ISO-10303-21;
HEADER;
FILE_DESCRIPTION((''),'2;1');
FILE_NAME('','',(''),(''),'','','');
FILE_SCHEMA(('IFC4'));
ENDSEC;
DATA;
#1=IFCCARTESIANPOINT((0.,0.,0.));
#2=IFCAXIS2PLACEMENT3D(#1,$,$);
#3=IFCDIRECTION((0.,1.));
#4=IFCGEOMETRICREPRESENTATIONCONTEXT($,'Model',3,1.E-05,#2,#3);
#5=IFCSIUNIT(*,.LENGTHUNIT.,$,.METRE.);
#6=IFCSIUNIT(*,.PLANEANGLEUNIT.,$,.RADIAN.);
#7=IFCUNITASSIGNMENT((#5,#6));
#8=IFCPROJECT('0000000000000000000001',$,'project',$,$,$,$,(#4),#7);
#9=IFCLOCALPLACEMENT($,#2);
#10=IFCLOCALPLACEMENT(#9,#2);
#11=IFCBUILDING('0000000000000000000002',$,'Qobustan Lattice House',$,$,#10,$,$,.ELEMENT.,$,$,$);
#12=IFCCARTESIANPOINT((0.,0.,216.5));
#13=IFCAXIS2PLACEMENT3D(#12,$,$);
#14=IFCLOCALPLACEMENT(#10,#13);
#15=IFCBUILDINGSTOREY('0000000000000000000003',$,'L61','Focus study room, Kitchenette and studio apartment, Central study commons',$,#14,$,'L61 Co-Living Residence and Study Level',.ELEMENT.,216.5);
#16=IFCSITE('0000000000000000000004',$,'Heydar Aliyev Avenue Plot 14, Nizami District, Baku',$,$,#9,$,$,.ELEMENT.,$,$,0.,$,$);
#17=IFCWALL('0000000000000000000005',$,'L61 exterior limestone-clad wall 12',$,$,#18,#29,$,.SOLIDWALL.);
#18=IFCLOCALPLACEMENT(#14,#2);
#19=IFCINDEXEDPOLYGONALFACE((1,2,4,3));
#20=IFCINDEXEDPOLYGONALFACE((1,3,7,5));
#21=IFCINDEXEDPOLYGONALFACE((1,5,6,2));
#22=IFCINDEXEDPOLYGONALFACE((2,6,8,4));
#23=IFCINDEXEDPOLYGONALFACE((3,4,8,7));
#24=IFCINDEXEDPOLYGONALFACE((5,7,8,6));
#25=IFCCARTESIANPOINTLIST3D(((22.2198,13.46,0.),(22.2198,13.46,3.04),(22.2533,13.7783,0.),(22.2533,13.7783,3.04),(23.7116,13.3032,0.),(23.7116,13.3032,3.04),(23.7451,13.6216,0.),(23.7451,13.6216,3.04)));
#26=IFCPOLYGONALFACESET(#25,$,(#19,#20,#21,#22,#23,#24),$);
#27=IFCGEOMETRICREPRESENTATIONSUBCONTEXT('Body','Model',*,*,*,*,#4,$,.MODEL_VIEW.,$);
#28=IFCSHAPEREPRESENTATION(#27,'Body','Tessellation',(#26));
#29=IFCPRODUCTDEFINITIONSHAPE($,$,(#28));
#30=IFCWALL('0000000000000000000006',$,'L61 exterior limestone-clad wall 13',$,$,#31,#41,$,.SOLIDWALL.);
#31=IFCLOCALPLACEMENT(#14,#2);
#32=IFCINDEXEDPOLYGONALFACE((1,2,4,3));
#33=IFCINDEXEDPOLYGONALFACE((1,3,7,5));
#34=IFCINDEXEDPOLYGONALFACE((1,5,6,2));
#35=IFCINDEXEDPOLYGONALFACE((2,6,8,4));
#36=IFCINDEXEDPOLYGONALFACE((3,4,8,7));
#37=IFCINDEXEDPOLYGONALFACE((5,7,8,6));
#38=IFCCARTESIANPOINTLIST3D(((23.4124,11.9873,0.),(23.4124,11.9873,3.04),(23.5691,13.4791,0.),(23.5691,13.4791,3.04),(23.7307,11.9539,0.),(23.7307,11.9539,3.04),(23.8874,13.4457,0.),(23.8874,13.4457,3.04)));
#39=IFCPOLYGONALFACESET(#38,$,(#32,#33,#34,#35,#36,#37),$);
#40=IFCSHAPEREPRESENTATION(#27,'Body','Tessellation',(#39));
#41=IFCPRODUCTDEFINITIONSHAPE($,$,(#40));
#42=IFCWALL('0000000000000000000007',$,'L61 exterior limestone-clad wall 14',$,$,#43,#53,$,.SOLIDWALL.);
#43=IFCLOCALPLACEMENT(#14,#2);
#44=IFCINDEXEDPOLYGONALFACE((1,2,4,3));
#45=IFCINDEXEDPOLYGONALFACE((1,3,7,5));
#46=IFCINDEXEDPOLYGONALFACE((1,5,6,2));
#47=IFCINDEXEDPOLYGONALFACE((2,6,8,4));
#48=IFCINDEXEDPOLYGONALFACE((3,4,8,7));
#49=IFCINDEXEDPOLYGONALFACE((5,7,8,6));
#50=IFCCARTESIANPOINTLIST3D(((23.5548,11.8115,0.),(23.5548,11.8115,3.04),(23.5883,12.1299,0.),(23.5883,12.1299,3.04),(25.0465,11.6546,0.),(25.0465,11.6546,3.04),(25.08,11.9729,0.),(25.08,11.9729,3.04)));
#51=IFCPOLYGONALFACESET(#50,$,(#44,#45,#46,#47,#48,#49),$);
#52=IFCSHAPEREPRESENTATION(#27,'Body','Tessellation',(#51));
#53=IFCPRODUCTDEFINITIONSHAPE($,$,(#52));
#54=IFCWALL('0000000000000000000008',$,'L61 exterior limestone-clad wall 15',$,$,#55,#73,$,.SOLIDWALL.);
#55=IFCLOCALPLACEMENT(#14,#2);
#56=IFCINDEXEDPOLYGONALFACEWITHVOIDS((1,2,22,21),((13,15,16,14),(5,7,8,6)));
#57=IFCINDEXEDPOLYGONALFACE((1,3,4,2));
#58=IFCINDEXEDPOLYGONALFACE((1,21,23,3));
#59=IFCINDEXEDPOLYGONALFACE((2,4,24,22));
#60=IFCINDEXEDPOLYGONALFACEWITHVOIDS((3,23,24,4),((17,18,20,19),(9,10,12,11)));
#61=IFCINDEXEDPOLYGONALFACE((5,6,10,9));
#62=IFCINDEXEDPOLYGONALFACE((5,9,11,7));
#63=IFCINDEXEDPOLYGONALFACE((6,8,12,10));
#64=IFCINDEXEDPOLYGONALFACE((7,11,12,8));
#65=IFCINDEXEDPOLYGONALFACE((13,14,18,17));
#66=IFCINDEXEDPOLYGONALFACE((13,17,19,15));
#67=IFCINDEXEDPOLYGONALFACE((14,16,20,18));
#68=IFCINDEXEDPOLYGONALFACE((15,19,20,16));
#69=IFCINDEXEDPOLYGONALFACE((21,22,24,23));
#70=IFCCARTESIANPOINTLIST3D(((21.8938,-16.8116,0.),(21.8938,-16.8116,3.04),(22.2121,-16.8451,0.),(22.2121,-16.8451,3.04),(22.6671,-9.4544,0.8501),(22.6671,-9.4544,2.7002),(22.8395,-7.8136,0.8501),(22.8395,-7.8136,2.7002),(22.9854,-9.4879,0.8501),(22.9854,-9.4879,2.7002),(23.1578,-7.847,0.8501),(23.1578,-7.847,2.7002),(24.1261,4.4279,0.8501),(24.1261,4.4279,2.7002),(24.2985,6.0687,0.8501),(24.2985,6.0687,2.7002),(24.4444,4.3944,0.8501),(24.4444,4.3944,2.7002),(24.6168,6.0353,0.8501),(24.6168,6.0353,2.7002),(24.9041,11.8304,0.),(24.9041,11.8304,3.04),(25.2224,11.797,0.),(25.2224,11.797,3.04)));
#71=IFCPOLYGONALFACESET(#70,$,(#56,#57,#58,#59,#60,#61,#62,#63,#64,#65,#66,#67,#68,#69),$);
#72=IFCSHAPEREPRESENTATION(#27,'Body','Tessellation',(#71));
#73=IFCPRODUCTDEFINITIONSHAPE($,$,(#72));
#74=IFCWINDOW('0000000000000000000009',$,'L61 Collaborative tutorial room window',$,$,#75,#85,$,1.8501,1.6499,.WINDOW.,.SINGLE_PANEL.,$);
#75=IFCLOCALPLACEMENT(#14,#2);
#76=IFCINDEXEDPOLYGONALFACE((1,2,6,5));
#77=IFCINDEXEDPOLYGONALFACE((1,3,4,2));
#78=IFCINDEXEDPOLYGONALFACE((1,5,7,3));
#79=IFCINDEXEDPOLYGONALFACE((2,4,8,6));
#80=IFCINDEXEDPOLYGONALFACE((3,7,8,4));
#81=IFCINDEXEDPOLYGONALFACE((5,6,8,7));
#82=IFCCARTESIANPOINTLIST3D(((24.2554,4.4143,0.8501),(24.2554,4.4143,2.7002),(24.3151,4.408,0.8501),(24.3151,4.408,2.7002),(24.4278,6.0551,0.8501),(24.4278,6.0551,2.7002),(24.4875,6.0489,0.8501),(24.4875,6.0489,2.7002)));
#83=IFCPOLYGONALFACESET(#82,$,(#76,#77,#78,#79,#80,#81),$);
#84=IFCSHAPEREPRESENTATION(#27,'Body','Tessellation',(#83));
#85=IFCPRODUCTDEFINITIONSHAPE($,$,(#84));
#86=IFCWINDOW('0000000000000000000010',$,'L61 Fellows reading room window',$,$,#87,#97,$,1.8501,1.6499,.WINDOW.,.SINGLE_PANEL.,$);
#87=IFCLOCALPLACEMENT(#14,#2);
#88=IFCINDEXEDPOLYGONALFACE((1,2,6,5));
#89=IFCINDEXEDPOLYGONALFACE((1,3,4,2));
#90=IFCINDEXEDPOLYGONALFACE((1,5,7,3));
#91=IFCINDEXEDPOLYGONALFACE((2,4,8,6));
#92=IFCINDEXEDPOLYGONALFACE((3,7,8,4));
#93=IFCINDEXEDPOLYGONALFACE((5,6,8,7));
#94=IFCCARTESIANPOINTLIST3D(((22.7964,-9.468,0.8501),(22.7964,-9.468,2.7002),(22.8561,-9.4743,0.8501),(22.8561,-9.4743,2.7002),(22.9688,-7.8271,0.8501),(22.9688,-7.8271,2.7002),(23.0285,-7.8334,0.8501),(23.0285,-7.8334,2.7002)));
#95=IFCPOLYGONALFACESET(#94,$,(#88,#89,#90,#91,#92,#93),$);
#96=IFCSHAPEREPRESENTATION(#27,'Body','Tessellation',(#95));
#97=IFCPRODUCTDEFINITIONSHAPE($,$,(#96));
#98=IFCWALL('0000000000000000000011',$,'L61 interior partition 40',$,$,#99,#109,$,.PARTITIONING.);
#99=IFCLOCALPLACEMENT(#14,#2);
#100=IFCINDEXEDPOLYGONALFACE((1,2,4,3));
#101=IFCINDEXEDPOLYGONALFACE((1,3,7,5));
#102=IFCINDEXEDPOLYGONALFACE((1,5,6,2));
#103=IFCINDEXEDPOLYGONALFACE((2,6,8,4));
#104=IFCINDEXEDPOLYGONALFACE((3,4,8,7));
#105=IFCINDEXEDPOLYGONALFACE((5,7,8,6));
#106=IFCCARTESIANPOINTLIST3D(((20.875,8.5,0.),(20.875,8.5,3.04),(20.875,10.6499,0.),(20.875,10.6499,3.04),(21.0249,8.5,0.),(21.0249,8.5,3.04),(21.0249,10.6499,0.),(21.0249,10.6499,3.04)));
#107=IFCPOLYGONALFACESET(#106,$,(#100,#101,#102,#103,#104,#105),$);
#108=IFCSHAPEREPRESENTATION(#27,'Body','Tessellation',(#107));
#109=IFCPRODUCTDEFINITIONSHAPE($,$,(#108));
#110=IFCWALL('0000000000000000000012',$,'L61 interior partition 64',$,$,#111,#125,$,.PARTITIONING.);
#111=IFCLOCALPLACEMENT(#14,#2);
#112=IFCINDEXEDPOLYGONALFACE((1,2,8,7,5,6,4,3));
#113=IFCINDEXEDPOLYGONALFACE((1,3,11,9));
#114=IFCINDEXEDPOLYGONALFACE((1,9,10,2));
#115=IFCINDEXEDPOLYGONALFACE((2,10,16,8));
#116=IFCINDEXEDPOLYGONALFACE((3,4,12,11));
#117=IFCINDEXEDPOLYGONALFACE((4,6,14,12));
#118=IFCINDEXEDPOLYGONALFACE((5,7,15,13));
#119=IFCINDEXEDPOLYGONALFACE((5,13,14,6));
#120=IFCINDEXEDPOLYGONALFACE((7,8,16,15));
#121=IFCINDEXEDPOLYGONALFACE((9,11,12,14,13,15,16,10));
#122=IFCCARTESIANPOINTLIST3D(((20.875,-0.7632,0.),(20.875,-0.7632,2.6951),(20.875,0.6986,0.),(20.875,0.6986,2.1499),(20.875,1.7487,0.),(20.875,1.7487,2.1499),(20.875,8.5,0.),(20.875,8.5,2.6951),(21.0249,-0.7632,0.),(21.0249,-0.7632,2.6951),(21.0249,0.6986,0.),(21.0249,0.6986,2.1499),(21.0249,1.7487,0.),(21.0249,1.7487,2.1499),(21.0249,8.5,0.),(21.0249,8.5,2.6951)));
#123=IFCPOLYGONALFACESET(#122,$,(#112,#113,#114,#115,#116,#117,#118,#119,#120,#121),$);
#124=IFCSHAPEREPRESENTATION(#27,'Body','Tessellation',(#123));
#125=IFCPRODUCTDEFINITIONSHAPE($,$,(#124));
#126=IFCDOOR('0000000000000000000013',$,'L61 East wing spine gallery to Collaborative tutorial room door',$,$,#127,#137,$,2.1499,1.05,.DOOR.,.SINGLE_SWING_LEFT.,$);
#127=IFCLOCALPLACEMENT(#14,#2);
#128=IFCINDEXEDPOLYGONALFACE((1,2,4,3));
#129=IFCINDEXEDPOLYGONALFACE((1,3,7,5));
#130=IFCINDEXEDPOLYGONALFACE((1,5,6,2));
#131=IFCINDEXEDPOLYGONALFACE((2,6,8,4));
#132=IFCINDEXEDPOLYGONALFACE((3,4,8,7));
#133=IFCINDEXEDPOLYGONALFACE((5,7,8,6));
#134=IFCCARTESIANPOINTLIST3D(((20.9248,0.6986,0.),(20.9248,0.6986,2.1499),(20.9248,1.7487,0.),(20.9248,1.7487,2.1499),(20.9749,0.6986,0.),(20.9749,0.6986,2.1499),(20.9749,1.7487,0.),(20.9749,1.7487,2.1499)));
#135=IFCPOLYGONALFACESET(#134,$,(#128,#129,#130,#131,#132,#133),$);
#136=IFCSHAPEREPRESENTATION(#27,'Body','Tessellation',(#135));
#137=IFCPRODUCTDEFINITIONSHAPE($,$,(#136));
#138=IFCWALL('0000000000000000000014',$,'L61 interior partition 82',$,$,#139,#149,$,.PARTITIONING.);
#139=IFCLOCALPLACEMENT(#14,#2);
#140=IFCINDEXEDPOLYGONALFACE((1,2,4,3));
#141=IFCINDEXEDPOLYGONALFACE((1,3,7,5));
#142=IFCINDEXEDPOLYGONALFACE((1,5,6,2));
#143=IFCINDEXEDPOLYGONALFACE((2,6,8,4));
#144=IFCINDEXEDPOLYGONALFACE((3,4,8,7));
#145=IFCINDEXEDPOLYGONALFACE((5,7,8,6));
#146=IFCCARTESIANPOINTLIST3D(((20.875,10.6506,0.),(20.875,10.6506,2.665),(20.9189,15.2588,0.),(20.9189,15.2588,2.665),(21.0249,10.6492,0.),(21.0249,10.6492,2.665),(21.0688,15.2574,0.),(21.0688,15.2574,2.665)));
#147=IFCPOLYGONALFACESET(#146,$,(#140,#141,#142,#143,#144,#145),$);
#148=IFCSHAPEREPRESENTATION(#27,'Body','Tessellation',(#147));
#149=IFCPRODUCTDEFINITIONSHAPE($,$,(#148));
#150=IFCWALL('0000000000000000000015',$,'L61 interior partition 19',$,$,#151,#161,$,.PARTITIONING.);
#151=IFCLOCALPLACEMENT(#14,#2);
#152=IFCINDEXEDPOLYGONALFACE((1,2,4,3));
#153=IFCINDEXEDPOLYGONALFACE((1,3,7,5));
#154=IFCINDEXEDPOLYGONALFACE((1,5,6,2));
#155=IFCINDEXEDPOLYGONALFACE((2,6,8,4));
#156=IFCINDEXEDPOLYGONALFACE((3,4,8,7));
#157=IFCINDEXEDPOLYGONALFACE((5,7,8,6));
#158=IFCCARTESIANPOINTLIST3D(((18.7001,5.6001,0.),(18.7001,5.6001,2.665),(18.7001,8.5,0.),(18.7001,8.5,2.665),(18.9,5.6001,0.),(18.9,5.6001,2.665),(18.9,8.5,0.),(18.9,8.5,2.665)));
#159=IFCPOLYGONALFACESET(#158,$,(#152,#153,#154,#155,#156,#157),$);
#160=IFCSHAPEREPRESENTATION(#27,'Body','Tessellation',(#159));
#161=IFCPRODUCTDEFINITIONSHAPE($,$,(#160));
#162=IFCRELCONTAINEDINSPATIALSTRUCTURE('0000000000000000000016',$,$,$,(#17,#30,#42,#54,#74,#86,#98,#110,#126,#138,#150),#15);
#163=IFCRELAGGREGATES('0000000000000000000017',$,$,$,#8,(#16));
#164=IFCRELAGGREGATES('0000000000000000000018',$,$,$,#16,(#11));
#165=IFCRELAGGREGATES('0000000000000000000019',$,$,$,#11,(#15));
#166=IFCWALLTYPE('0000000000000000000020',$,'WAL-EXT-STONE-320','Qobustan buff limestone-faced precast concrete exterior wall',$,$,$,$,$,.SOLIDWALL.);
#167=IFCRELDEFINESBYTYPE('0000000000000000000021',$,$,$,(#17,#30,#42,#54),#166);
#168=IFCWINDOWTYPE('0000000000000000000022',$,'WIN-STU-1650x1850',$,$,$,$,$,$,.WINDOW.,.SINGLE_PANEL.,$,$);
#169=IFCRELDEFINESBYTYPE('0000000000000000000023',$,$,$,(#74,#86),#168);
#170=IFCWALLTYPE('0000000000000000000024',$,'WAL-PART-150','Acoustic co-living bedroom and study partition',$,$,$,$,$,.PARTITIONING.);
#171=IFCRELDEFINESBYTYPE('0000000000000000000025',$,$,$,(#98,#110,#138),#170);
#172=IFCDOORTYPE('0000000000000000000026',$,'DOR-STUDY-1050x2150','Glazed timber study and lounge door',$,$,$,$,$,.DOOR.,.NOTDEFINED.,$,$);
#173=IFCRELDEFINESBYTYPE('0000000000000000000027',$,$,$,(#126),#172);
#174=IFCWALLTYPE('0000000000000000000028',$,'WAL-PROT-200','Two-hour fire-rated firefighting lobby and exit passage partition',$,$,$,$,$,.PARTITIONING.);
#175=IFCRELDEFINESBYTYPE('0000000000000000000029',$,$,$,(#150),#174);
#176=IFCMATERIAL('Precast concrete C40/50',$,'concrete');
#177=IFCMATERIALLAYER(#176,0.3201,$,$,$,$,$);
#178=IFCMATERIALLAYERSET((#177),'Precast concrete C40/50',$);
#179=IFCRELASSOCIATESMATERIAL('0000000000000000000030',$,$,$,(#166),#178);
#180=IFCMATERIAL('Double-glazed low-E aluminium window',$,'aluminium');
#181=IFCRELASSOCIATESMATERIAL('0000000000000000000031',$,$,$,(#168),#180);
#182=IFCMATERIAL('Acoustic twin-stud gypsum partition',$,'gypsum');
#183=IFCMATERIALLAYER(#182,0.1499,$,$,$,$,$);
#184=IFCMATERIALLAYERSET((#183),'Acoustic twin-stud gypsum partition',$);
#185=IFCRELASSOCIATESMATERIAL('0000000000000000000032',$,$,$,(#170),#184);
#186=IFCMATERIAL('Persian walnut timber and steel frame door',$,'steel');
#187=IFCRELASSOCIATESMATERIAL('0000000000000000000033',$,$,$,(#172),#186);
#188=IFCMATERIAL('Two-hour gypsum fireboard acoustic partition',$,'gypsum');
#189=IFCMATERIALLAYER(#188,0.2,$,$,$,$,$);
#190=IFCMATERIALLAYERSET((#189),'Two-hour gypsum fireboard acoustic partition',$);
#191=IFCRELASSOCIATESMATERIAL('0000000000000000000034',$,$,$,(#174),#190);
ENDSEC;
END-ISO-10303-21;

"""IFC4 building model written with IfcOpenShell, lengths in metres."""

from ifc_helpers import new_model, si_unit, direction, frame, frame_2d, origin, place, context, subcontext, project, spatial, rectangle, extrude, material, layer, layer_set, type_object, element, fill, save


model = new_model("IFC4")

# Units and contexts
model_context = context("Model", 3, precision=1e-05, world=origin(), true_north=direction((0.0, 1.0)))
body_context = subcontext(model_context, "Body", "Model", "MODEL_VIEW")
ifc_project = project(units=[si_unit("LENGTHUNIT", "METRE"), si_unit("PLANEANGLEUNIT", "RADIAN")], contexts=[model_context])

# Site, building, storey
site_placement = place(None, origin())
site = spatial("IfcSite", under=ifc_project, at=site_placement, Name="Heydar Aliyev Avenue Plot 14, Nizami District, Baku", CompositionType="ELEMENT", RefElevation=0.0)
building_placement = place(site_placement, origin())
building = spatial("IfcBuilding", under=site, at=building_placement, Name="Qobustan Lattice House", CompositionType="ELEMENT")
storey_placement = place(building_placement, frame((0.0, 0.0, 216.5)))
storey = spatial("IfcBuildingStorey", under=building, at=storey_placement, Name="L61", Description="Focus study room, Kitchenette and studio apartment, Central study commons", LongName="L61 Co-Living Residence and Study Level", CompositionType="ELEMENT", Elevation=216.5)

# Walls
ifc_material_1 = material(Name="Precast concrete C40/50", Category="concrete")
ifc_layer_1 = layer(ifc_material_1, 0.3201)
ifc_layer_set_1 = layer_set([ifc_layer_1], Name="Precast concrete C40/50")
wall_type_1 = type_object("IfcWallType", Name="WAL-EXT-STONE-320", Description="Qobustan buff limestone-faced precast concrete exterior wall", PredefinedType="SOLIDWALL", material=ifc_layer_set_1)
for number, where, z_axis, x_axis, name in (
    (1, (22.2366, 13.6191, 0.0), (0.0, 0.0, 1.0), (0.994525, -0.104498, 0.0), "L61 exterior limestone-clad wall 12"),
    (2, (23.7283, 13.4624, 0.0), (0.0, 0.0, 1.0), (-0.104498, -0.994525, 0.0), "L61 exterior limestone-clad wall 13"),
    (3, (23.5715, 11.9707, 0.0), (0.0, 0.0, 1.0), (0.994508, -0.104659, 0.0), "L61 exterior limestone-clad wall 14"),
):
    element("IfcWall", number, at=place(storey_placement, frame(where, z_axis=z_axis, x_axis=x_axis)), inside=storey, type_object=wall_type_1, Name=name, PredefinedType="SOLIDWALL", context=body_context, shape_type="SweptSolid", body=[
        extrude(rectangle(XDim=1.5, YDim=0.3201, at=frame_2d((0.75, 0.0))), origin(), (0.0, 0.0, 1.0), 3.04),
    ])

# Wall, openings, windows
wall_1_placement = place(storey_placement, frame((25.0632, 11.8137, 0.0), z_axis=(0.0, 0.0, 1.0), x_axis=(-0.104523, -0.994522, 0.0)))
wall_1 = element("IfcWall", 4, at=wall_1_placement, inside=storey, type_object=wall_type_1, Name="L61 exterior limestone-clad wall 15", PredefinedType="SOLIDWALL", context=body_context, shape_type="SweptSolid", body=[
    extrude(rectangle(XDim=28.7998, YDim=0.3201, at=frame_2d((14.3999, 0.0))), origin(), (0.0, 0.0, 1.0), 3.04),
])
opening_1_placement = place(wall_1_placement, frame((5.7935, 0.0, 0.8501)))
opening_1 = element("IfcOpeningElement", 5, at=opening_1_placement, cuts=wall_1, PredefinedType="OPENING", context=body_context, shape_type="SweptSolid", body=[
    extrude(rectangle(XDim=1.6499, YDim=1.8501, at=frame_2d((0.825, 0.925))), frame((0.0, 0.1699, 0.0), z_axis=(0.0, -1.0, 0.0), x_axis=(1.0, 0.0, 0.0)), (0.0, 0.0, 1.0), 0.3401),
])
opening_2_placement = place(wall_1_placement, frame((19.7522, 0.0, 0.8501)))
opening_2 = element("IfcOpeningElement", 6, at=opening_2_placement, cuts=wall_1, PredefinedType="OPENING", context=body_context, shape_type="SweptSolid", body=[
    extrude(rectangle(XDim=1.6499, YDim=1.8501, at=frame_2d((0.825, 0.925))), frame((0.0, 0.1699, 0.0), z_axis=(0.0, -1.0, 0.0), x_axis=(1.0, 0.0, 0.0)), (0.0, 0.0, 1.0), 0.3401),
])
ifc_material_2 = material(Name="Double-glazed low-E aluminium window", Category="aluminium")
window_type = type_object("IfcWindowType", Name="WIN-STU-1650x1850", PartitioningType="SINGLE_PANEL", PredefinedType="WINDOW", material=ifc_material_2)
window_1_placement = place(opening_1_placement, origin())
window_1 = element("IfcWindow", 7, at=window_1_placement, inside=storey, type_object=window_type, Name="L61 Collaborative tutorial room window", OverallHeight=1.8501, OverallWidth=1.6499, PartitioningType="SINGLE_PANEL", PredefinedType="WINDOW", context=body_context, shape_type="SweptSolid", body=[
    extrude(rectangle(XDim=1.6499, YDim=1.8501, at=frame_2d((0.825, 0.925))), frame((0.0, 0.03, 0.0), z_axis=(0.0, -1.0, 0.0), x_axis=(1.0, 0.0, 0.0)), (0.0, 0.0, 1.0), 0.0601),
])
fill(opening_1, window_1)
window_2_placement = place(opening_2_placement, origin())
window_2 = element("IfcWindow", 8, at=window_2_placement, inside=storey, type_object=window_type, Name="L61 Fellows reading room window", OverallHeight=1.8501, OverallWidth=1.6499, PartitioningType="SINGLE_PANEL", PredefinedType="WINDOW", context=body_context, shape_type="SweptSolid", body=[
    extrude(rectangle(XDim=1.6499, YDim=1.8501, at=frame_2d((0.825, 0.925))), frame((0.0, 0.03, 0.0), z_axis=(0.0, -1.0, 0.0), x_axis=(1.0, 0.0, 0.0)), (0.0, 0.0, 1.0), 0.0601),
])
fill(opening_2, window_2)

# Wall
ifc_material_3 = material(Name="Acoustic twin-stud gypsum partition", Category="gypsum")
ifc_layer_2 = layer(ifc_material_3, 0.1499)
ifc_layer_set_2 = layer_set([ifc_layer_2], Name="Acoustic twin-stud gypsum partition")
wall_type_2 = type_object("IfcWallType", Name="WAL-PART-150", Description="Acoustic co-living bedroom and study partition", PredefinedType="PARTITIONING", material=ifc_layer_set_2)
wall_2_placement = place(storey_placement, frame((20.95, 10.6499, 0.0), z_axis=(0.0, 0.0, 1.0), x_axis=(0.0, -1.0, 0.0)))
element("IfcWall", 9, at=wall_2_placement, inside=storey, type_object=wall_type_2, Name="L61 interior partition 40", PredefinedType="PARTITIONING", context=body_context, shape_type="SweptSolid", body=[
    extrude(rectangle(XDim=2.1499, YDim=0.1499, at=frame_2d((1.075, 0.0))), origin(), (0.0, 0.0, 1.0), 3.04),
])

# Wall, opening, door
wall_3_placement = place(storey_placement, frame((20.95, 8.5, 0.0), z_axis=(0.0, 0.0, 1.0), x_axis=(0.0, -1.0, 0.0)))
wall_3 = element("IfcWall", 10, at=wall_3_placement, inside=storey, type_object=wall_type_2, Name="L61 interior partition 64", PredefinedType="PARTITIONING", context=body_context, shape_type="SweptSolid", body=[
    extrude(rectangle(XDim=9.2632, YDim=0.1499, at=frame_2d((4.6316, 0.0))), origin(), (0.0, 0.0, 1.0), 2.6951),
])
opening_3_placement = place(wall_3_placement, frame((6.7515, 0.0, 0.0)))
opening_3 = element("IfcOpeningElement", 11, at=opening_3_placement, cuts=wall_3, PredefinedType="OPENING", context=body_context, shape_type="SweptSolid", body=[
    extrude(rectangle(XDim=1.05, YDim=2.1499, at=frame_2d((0.5249, 1.075))), frame((0.0, 0.085, 0.0), z_axis=(0.0, -1.0, 0.0), x_axis=(1.0, 0.0, 0.0)), (0.0, 0.0, 1.0), 0.1699),
])
ifc_material_4 = material(Name="Persian walnut timber and steel frame door", Category="steel")
door_type_1 = type_object("IfcDoorType", Name="DOR-STUDY-1050x2150", Description="Glazed timber study and lounge door", OperationType="NOTDEFINED", PredefinedType="DOOR", material=ifc_material_4)
door_1_placement = place(opening_3_placement, origin())
door_1 = element("IfcDoor", 12, at=door_1_placement, inside=storey, type_object=door_type_1, Name="L61 East wing spine gallery to Collaborative tutorial room door", OperationType="SINGLE_SWING_LEFT", OverallHeight=2.1499, OverallWidth=1.05, PredefinedType="DOOR", context=body_context, shape_type="SweptSolid", body=[
    extrude(rectangle(XDim=1.05, YDim=2.1499, at=frame_2d((0.5249, 1.075))), frame((0.0, 0.0249, 0.0), z_axis=(0.0, -1.0, 0.0), x_axis=(1.0, 0.0, 0.0)), (0.0, 0.0, 1.0), 0.05),
])
fill(opening_3, door_1)

# Wall
wall_4_placement = place(storey_placement, frame((20.95, 10.6499, 0.0), z_axis=(0.0, 0.0, 1.0), x_axis=(0.009536, 0.999955, 0.0)))
element("IfcWall", 13, at=wall_4_placement, inside=storey, type_object=wall_type_2, Name="L61 interior partition 82", PredefinedType="PARTITIONING", context=body_context, shape_type="SweptSolid", body=[
    extrude(rectangle(XDim=4.6084, YDim=0.1499, at=frame_2d((2.3042, 0.0))), origin(), (0.0, 0.0, 1.0), 2.665),
])

# Shared definitions
ifc_material_5 = material(Name="Two-hour gypsum fireboard acoustic partition", Category="gypsum")
ifc_layer_3 = layer(ifc_material_5, 0.2)
ifc_layer_set_3 = layer_set([ifc_layer_3], Name="Two-hour gypsum fireboard acoustic partition")
wall_type_3 = type_object("IfcWallType", Name="WAL-PROT-200", Description="Two-hour fire-rated firefighting lobby and exit passage partition", PredefinedType="PARTITIONING", material=ifc_layer_set_3)

# Wall
wall_5_placement = place(storey_placement, frame((18.8, 5.6001, 0.0), z_axis=(0.0, 0.0, 1.0), x_axis=(0.0, 1.0, 0.0)))
element("IfcWall", 14, at=wall_5_placement, inside=storey, type_object=wall_type_3, Name="L61 interior partition 19", PredefinedType="PARTITIONING", context=body_context, shape_type="SweptSolid", body=[
    extrude(rectangle(XDim=2.8999, YDim=0.2, at=frame_2d((1.45, 0.0))), origin(), (0.0, 0.0, 1.0), 2.665),
])

save(model, "model.ifc")
